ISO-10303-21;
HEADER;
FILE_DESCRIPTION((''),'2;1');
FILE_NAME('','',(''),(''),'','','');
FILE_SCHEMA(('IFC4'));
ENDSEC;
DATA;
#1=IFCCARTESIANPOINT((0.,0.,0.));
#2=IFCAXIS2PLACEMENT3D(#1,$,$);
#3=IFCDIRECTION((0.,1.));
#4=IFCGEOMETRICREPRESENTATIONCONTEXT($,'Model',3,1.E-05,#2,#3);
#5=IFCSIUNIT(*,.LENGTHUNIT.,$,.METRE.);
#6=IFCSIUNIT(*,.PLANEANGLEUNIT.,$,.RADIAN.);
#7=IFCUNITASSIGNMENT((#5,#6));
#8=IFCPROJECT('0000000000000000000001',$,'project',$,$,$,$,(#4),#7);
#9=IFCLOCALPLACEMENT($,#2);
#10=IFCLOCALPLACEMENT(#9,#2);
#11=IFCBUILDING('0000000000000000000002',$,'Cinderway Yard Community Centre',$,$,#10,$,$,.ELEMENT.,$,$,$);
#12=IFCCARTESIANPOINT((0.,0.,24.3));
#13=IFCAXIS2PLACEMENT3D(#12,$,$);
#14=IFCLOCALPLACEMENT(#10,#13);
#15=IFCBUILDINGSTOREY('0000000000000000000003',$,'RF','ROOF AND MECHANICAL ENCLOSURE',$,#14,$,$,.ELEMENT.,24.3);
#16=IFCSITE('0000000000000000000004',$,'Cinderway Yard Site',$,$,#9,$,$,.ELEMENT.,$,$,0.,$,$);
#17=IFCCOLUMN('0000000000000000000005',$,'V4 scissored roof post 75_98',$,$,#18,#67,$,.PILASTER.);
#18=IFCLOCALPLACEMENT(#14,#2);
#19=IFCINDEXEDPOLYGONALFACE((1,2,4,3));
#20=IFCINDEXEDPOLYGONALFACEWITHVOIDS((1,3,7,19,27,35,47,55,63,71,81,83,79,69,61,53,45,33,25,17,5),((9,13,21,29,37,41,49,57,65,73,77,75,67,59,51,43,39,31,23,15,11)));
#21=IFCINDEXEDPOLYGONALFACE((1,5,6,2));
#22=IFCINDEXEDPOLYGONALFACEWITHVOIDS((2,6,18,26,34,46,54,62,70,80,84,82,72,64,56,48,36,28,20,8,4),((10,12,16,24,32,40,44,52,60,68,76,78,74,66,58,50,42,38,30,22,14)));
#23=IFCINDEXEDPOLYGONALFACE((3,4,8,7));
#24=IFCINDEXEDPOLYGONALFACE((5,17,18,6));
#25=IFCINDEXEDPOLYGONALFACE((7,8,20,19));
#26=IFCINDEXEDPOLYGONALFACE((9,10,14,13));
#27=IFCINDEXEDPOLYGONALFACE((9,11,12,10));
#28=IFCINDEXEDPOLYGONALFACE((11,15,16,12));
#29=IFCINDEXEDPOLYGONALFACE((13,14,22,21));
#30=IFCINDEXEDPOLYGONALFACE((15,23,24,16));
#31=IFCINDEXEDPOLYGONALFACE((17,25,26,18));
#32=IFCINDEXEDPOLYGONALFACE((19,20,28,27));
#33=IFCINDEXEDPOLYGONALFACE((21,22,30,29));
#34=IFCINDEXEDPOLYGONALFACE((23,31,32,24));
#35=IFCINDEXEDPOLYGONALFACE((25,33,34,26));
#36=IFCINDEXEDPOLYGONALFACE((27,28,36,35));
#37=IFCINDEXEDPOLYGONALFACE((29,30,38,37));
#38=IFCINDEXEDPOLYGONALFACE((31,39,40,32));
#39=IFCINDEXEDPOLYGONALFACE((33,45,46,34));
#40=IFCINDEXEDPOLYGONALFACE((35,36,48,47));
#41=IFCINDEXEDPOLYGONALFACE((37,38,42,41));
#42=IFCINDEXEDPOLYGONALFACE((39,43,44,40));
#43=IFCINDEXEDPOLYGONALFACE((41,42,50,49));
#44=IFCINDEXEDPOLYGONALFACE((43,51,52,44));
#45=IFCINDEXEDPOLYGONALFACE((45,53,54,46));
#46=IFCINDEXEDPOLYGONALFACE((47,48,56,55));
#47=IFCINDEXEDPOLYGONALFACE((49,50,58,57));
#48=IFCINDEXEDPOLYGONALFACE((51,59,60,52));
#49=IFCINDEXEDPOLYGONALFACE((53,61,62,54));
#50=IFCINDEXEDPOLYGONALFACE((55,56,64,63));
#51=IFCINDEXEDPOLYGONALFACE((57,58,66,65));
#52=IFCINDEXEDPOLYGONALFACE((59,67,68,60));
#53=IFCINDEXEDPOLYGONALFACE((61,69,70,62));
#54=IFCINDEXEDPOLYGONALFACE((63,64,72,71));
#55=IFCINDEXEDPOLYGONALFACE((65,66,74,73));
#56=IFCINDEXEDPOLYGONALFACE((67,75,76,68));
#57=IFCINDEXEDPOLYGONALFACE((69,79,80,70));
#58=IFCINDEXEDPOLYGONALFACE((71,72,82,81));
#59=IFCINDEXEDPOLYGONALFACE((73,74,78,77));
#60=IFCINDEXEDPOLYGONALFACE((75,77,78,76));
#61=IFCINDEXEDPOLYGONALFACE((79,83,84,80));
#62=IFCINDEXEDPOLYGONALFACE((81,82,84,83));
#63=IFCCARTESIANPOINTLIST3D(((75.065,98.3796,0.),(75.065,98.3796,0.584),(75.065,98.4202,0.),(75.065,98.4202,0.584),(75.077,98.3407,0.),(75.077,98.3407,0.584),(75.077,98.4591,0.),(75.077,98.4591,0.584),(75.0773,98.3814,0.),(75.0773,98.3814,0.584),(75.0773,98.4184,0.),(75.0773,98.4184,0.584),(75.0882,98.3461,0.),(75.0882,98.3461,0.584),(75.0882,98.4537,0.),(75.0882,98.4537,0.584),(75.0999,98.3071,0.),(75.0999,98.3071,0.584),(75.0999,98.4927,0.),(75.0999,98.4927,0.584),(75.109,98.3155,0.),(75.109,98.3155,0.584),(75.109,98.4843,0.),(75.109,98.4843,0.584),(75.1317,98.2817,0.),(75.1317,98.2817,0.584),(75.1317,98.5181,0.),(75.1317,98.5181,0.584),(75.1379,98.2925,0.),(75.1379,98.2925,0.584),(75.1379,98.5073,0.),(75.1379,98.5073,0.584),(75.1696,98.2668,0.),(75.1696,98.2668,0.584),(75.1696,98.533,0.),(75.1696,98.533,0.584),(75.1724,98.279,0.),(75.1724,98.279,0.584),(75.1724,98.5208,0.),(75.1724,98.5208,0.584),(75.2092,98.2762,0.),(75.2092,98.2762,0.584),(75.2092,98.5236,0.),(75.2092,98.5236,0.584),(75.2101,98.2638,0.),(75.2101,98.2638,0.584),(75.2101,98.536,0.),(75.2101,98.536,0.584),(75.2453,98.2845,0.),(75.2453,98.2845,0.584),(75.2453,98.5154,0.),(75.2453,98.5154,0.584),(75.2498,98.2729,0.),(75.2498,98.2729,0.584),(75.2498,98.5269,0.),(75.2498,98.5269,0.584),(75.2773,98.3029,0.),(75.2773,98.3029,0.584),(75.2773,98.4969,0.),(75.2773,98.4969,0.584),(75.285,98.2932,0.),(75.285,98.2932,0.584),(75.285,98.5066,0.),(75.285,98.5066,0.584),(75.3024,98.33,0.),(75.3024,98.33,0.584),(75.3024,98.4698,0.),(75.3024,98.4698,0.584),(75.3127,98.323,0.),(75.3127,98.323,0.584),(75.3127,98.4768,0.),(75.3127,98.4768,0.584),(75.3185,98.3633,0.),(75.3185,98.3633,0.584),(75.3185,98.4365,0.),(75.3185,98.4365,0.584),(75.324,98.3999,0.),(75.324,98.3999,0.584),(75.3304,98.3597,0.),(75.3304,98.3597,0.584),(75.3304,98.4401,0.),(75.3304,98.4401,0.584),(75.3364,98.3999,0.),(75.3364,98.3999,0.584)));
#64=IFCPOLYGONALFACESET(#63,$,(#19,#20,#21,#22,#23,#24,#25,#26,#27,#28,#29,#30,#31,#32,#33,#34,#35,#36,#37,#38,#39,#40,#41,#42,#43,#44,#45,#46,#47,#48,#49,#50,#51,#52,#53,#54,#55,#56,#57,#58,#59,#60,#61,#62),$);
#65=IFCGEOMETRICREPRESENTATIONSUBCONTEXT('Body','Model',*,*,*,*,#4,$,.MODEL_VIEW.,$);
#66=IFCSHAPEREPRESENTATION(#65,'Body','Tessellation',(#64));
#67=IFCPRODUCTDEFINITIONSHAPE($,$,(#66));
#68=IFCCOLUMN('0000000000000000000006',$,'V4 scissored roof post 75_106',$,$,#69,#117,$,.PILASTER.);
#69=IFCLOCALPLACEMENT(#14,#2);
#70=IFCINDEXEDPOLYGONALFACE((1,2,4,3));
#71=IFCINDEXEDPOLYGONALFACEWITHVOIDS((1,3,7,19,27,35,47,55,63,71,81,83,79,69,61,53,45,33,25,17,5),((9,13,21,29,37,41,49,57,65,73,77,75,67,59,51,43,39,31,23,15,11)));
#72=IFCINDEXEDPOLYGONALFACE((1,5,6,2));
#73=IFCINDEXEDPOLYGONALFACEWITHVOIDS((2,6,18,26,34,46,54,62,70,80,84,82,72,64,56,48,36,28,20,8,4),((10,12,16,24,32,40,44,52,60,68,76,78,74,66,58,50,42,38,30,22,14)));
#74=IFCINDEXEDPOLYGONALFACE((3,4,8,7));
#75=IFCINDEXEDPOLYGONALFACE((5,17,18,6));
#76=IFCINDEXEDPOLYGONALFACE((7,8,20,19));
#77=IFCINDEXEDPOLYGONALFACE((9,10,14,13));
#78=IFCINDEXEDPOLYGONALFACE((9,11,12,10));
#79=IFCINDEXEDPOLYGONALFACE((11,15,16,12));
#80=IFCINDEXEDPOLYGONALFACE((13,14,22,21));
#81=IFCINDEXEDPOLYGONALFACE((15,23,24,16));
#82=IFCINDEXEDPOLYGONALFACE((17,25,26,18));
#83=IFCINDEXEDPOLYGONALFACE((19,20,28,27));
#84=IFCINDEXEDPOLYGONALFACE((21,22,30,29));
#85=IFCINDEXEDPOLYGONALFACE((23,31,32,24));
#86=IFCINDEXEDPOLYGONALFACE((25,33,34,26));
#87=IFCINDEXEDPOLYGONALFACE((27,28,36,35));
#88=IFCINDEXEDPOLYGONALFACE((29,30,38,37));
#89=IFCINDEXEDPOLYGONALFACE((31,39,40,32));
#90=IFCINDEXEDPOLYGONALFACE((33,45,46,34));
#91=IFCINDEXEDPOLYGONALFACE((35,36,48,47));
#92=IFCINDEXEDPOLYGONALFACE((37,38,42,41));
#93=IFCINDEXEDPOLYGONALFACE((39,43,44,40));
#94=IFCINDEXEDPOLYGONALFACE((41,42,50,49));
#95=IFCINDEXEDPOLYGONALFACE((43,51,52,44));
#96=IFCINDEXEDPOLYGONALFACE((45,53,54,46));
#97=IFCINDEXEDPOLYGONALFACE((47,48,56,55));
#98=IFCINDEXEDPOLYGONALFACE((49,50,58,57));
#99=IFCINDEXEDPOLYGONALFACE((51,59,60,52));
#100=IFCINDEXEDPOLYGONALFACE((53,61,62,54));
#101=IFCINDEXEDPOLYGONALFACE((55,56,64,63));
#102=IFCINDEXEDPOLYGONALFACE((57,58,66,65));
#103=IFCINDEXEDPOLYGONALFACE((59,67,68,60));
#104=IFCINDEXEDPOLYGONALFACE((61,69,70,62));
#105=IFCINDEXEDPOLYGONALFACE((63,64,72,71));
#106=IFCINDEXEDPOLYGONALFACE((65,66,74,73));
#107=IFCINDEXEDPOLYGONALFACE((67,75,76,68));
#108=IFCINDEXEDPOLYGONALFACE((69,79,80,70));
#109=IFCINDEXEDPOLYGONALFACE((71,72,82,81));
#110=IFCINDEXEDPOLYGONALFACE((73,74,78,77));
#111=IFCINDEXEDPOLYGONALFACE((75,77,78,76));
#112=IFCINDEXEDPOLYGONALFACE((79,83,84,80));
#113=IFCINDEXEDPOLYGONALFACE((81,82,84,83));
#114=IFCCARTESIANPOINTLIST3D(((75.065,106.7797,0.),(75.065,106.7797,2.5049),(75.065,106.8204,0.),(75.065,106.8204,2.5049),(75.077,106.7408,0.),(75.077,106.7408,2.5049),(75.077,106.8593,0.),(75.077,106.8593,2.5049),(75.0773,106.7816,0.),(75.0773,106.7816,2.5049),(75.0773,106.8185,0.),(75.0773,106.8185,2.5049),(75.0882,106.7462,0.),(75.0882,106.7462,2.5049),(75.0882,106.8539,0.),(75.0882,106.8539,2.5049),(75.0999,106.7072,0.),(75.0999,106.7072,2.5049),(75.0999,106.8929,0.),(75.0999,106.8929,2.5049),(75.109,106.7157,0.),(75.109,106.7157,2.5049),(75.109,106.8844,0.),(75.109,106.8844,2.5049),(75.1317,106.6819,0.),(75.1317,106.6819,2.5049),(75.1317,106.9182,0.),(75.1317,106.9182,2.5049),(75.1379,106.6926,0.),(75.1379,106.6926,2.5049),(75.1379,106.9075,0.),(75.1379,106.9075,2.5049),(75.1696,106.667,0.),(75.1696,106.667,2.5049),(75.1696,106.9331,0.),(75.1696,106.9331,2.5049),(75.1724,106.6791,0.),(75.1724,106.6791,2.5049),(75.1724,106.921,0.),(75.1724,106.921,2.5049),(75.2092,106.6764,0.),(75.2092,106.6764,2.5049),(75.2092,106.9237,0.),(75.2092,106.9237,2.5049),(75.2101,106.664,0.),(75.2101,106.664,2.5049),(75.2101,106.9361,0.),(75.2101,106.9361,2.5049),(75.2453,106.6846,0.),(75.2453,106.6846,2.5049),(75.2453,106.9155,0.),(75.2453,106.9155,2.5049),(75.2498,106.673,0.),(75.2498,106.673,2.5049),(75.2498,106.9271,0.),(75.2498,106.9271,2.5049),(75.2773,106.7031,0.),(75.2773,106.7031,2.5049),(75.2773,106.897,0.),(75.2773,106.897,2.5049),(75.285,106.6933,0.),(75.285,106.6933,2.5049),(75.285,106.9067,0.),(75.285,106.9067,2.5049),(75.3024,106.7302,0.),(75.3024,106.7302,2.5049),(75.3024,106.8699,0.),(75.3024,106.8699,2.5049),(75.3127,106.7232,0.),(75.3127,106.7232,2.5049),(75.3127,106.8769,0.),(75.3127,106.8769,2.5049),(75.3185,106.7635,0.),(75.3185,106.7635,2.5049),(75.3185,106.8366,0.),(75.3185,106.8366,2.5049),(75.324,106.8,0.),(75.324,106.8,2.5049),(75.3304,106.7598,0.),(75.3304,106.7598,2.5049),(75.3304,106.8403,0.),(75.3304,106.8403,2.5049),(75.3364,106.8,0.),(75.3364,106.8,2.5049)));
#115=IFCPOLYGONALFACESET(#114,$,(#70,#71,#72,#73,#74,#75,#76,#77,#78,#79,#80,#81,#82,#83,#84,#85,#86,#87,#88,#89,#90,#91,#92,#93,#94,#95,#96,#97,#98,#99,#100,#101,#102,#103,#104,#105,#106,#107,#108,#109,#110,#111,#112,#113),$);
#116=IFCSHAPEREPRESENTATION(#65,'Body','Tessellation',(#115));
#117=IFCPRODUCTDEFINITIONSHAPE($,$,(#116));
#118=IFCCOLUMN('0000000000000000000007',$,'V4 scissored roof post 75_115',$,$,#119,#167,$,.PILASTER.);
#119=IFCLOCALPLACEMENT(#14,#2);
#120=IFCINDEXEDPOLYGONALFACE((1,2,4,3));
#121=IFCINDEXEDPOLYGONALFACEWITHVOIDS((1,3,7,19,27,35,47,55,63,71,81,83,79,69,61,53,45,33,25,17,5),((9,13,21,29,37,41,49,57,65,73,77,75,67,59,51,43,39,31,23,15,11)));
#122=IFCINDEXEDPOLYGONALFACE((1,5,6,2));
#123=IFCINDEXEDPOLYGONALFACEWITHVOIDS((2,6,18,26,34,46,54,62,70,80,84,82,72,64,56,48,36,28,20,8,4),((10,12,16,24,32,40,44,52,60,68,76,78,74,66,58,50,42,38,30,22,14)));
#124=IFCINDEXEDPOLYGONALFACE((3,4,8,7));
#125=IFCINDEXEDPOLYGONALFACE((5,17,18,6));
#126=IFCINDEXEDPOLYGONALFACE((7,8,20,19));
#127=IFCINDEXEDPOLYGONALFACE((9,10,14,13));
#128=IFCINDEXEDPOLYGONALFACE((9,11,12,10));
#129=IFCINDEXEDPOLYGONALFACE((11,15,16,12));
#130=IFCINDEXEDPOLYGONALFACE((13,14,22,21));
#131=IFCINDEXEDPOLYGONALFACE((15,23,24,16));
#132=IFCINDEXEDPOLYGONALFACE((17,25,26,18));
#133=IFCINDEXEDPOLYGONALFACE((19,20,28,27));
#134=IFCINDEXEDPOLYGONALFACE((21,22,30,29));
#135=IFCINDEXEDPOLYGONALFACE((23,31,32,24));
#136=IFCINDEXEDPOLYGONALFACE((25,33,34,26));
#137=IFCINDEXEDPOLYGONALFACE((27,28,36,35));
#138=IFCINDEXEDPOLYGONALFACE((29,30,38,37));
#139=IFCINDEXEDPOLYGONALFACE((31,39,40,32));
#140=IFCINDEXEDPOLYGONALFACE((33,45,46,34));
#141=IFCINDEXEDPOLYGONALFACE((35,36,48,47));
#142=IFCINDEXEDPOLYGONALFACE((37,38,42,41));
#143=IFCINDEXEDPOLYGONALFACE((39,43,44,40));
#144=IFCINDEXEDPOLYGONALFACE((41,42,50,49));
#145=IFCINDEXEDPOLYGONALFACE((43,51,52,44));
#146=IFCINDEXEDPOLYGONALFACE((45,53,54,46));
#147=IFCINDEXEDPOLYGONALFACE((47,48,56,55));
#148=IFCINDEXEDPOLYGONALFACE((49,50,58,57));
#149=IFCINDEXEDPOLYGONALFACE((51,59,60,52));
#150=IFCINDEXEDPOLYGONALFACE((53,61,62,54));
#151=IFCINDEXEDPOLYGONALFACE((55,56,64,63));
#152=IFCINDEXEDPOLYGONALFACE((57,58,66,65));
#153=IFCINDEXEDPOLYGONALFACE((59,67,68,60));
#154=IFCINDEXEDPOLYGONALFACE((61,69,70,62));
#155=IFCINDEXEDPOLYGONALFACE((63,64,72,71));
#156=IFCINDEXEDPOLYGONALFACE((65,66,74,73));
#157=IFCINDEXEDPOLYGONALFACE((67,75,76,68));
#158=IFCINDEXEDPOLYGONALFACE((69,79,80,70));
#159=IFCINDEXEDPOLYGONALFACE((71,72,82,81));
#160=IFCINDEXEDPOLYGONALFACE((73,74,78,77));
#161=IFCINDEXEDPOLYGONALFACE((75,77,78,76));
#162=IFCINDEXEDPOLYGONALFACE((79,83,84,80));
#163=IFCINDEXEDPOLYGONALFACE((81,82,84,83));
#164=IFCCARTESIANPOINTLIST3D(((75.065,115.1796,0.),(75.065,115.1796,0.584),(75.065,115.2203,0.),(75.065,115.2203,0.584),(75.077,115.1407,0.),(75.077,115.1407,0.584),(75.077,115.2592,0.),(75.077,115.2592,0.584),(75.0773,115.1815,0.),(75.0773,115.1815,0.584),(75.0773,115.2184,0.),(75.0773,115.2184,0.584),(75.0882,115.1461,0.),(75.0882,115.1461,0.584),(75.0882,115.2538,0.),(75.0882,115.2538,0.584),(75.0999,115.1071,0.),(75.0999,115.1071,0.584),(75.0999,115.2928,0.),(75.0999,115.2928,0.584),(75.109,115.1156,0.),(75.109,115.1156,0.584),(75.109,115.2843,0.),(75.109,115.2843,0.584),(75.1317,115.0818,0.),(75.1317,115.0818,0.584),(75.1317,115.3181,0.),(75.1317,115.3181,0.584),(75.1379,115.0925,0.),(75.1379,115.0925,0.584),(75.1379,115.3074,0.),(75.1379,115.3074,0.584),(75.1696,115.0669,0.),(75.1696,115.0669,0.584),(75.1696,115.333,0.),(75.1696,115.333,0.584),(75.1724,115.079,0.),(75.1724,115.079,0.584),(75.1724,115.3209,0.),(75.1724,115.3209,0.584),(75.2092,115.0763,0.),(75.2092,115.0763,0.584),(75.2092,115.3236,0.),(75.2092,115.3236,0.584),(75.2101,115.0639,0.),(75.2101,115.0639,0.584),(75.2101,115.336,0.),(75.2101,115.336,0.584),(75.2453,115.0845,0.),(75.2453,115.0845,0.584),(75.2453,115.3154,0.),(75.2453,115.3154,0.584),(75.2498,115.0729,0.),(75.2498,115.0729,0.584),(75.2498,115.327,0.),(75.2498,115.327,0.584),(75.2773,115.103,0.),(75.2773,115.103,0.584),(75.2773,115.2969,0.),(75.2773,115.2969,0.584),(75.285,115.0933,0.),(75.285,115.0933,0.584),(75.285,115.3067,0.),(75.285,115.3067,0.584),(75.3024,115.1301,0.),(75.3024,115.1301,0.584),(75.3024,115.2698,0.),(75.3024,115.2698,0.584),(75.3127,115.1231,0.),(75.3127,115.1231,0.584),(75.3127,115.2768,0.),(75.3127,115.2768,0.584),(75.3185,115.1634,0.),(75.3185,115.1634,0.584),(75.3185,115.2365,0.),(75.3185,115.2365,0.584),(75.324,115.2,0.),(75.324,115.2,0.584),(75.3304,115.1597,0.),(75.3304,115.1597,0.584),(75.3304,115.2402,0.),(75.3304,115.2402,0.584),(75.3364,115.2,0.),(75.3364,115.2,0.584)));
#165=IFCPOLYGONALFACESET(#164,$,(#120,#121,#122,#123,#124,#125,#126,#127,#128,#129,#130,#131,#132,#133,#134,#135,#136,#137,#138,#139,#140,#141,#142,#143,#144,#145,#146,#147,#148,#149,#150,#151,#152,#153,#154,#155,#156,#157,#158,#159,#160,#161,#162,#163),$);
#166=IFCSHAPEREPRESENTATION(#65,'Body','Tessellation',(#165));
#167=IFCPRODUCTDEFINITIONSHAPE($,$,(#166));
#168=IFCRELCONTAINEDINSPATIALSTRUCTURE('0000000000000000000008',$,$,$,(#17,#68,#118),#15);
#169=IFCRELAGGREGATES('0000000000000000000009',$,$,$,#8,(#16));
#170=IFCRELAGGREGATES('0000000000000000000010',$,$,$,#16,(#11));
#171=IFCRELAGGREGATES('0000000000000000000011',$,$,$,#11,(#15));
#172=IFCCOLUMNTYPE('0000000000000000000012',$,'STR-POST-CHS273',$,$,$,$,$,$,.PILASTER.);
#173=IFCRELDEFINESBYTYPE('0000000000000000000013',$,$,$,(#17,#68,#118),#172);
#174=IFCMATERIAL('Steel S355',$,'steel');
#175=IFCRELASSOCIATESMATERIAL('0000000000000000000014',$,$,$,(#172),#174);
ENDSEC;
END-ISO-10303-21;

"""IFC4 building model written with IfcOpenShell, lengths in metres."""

from ifc_helpers import new_model, si_unit, direction, frame, origin, origin_2d, place, context, subcontext, project, spatial, hollow_circle, extrude, material, material_profile, profile_set, type_object, element, save


model = new_model("IFC4")

# Units and contexts
model_context = context("Model", 3, precision=1e-05, world=origin(), true_north=direction((0.0, 1.0)))
body_context = subcontext(model_context, "Body", "Model", "MODEL_VIEW")
ifc_project = project(units=[si_unit("LENGTHUNIT", "METRE"), si_unit("PLANEANGLEUNIT", "RADIAN")], contexts=[model_context])

# Site, building, storey
site_placement = place(None, origin())
site = spatial("IfcSite", under=ifc_project, at=site_placement, Name="Cinderway Yard Site", CompositionType="ELEMENT", RefElevation=0.0)
building_placement = place(site_placement, origin())
building = spatial("IfcBuilding", under=site, at=building_placement, Name="Cinderway Yard Community Centre", CompositionType="ELEMENT")
storey_placement = place(building_placement, frame((0.0, 0.0, 24.3)))
storey = spatial("IfcBuildingStorey", under=building, at=storey_placement, Name="RF", Description="ROOF AND MECHANICAL ENCLOSURE", CompositionType="ELEMENT", Elevation=24.3)

# Columns
ifc_material = material(Name="Steel S355", Category="steel")
ifc_material_profile_1 = material_profile(ifc_material, hollow_circle(Radius=0.1365, WallThickness=0.0125, at=origin_2d()), Name="Steel S355")
ifc_profile_set_1 = profile_set([ifc_material_profile_1], Name="Steel S355")
column_type = type_object("IfcColumnType", Name="STR-POST-CHS273", PredefinedType="PILASTER", material=ifc_profile_set_1)
column_1_placement = place(storey_placement, frame((75.2, 98.3999, 0.0), z_axis=(0.0, 0.0, 1.0), x_axis=(1.0, 0.0, 0.0)))
element("IfcColumn", 1, at=column_1_placement, inside=storey, type_object=column_type, Name="V4 scissored roof post 75_98", PredefinedType="PILASTER", context=body_context, shape_type="SweptSolid", body=[
    extrude(hollow_circle(Radius=0.1365, WallThickness=0.0125, at=origin_2d()), origin(), (0.0, 0.0, 1.0), 0.584),
])
column_2_placement = place(storey_placement, frame((75.2, 106.8, 0.0), z_axis=(0.0, 0.0, 1.0), x_axis=(1.0, 0.0, 0.0)))
element("IfcColumn", 2, at=column_2_placement, inside=storey, type_object=column_type, Name="V4 scissored roof post 75_106", PredefinedType="PILASTER", context=body_context, shape_type="SweptSolid", body=[
    extrude(hollow_circle(Radius=0.1365, WallThickness=0.0125, at=origin_2d()), origin(), (0.0, 0.0, 1.0), 2.5049),
])
column_3_placement = place(storey_placement, frame((75.2, 115.2, 0.0), z_axis=(0.0, 0.0, 1.0), x_axis=(1.0, 0.0, 0.0)))
element("IfcColumn", 3, at=column_3_placement, inside=storey, type_object=column_type, Name="V4 scissored roof post 75_115", PredefinedType="PILASTER", context=body_context, shape_type="SweptSolid", body=[
    extrude(hollow_circle(Radius=0.1365, WallThickness=0.0125, at=origin_2d()), origin(), (0.0, 0.0, 1.0), 0.584),
])

save(model, "model.ifc")
